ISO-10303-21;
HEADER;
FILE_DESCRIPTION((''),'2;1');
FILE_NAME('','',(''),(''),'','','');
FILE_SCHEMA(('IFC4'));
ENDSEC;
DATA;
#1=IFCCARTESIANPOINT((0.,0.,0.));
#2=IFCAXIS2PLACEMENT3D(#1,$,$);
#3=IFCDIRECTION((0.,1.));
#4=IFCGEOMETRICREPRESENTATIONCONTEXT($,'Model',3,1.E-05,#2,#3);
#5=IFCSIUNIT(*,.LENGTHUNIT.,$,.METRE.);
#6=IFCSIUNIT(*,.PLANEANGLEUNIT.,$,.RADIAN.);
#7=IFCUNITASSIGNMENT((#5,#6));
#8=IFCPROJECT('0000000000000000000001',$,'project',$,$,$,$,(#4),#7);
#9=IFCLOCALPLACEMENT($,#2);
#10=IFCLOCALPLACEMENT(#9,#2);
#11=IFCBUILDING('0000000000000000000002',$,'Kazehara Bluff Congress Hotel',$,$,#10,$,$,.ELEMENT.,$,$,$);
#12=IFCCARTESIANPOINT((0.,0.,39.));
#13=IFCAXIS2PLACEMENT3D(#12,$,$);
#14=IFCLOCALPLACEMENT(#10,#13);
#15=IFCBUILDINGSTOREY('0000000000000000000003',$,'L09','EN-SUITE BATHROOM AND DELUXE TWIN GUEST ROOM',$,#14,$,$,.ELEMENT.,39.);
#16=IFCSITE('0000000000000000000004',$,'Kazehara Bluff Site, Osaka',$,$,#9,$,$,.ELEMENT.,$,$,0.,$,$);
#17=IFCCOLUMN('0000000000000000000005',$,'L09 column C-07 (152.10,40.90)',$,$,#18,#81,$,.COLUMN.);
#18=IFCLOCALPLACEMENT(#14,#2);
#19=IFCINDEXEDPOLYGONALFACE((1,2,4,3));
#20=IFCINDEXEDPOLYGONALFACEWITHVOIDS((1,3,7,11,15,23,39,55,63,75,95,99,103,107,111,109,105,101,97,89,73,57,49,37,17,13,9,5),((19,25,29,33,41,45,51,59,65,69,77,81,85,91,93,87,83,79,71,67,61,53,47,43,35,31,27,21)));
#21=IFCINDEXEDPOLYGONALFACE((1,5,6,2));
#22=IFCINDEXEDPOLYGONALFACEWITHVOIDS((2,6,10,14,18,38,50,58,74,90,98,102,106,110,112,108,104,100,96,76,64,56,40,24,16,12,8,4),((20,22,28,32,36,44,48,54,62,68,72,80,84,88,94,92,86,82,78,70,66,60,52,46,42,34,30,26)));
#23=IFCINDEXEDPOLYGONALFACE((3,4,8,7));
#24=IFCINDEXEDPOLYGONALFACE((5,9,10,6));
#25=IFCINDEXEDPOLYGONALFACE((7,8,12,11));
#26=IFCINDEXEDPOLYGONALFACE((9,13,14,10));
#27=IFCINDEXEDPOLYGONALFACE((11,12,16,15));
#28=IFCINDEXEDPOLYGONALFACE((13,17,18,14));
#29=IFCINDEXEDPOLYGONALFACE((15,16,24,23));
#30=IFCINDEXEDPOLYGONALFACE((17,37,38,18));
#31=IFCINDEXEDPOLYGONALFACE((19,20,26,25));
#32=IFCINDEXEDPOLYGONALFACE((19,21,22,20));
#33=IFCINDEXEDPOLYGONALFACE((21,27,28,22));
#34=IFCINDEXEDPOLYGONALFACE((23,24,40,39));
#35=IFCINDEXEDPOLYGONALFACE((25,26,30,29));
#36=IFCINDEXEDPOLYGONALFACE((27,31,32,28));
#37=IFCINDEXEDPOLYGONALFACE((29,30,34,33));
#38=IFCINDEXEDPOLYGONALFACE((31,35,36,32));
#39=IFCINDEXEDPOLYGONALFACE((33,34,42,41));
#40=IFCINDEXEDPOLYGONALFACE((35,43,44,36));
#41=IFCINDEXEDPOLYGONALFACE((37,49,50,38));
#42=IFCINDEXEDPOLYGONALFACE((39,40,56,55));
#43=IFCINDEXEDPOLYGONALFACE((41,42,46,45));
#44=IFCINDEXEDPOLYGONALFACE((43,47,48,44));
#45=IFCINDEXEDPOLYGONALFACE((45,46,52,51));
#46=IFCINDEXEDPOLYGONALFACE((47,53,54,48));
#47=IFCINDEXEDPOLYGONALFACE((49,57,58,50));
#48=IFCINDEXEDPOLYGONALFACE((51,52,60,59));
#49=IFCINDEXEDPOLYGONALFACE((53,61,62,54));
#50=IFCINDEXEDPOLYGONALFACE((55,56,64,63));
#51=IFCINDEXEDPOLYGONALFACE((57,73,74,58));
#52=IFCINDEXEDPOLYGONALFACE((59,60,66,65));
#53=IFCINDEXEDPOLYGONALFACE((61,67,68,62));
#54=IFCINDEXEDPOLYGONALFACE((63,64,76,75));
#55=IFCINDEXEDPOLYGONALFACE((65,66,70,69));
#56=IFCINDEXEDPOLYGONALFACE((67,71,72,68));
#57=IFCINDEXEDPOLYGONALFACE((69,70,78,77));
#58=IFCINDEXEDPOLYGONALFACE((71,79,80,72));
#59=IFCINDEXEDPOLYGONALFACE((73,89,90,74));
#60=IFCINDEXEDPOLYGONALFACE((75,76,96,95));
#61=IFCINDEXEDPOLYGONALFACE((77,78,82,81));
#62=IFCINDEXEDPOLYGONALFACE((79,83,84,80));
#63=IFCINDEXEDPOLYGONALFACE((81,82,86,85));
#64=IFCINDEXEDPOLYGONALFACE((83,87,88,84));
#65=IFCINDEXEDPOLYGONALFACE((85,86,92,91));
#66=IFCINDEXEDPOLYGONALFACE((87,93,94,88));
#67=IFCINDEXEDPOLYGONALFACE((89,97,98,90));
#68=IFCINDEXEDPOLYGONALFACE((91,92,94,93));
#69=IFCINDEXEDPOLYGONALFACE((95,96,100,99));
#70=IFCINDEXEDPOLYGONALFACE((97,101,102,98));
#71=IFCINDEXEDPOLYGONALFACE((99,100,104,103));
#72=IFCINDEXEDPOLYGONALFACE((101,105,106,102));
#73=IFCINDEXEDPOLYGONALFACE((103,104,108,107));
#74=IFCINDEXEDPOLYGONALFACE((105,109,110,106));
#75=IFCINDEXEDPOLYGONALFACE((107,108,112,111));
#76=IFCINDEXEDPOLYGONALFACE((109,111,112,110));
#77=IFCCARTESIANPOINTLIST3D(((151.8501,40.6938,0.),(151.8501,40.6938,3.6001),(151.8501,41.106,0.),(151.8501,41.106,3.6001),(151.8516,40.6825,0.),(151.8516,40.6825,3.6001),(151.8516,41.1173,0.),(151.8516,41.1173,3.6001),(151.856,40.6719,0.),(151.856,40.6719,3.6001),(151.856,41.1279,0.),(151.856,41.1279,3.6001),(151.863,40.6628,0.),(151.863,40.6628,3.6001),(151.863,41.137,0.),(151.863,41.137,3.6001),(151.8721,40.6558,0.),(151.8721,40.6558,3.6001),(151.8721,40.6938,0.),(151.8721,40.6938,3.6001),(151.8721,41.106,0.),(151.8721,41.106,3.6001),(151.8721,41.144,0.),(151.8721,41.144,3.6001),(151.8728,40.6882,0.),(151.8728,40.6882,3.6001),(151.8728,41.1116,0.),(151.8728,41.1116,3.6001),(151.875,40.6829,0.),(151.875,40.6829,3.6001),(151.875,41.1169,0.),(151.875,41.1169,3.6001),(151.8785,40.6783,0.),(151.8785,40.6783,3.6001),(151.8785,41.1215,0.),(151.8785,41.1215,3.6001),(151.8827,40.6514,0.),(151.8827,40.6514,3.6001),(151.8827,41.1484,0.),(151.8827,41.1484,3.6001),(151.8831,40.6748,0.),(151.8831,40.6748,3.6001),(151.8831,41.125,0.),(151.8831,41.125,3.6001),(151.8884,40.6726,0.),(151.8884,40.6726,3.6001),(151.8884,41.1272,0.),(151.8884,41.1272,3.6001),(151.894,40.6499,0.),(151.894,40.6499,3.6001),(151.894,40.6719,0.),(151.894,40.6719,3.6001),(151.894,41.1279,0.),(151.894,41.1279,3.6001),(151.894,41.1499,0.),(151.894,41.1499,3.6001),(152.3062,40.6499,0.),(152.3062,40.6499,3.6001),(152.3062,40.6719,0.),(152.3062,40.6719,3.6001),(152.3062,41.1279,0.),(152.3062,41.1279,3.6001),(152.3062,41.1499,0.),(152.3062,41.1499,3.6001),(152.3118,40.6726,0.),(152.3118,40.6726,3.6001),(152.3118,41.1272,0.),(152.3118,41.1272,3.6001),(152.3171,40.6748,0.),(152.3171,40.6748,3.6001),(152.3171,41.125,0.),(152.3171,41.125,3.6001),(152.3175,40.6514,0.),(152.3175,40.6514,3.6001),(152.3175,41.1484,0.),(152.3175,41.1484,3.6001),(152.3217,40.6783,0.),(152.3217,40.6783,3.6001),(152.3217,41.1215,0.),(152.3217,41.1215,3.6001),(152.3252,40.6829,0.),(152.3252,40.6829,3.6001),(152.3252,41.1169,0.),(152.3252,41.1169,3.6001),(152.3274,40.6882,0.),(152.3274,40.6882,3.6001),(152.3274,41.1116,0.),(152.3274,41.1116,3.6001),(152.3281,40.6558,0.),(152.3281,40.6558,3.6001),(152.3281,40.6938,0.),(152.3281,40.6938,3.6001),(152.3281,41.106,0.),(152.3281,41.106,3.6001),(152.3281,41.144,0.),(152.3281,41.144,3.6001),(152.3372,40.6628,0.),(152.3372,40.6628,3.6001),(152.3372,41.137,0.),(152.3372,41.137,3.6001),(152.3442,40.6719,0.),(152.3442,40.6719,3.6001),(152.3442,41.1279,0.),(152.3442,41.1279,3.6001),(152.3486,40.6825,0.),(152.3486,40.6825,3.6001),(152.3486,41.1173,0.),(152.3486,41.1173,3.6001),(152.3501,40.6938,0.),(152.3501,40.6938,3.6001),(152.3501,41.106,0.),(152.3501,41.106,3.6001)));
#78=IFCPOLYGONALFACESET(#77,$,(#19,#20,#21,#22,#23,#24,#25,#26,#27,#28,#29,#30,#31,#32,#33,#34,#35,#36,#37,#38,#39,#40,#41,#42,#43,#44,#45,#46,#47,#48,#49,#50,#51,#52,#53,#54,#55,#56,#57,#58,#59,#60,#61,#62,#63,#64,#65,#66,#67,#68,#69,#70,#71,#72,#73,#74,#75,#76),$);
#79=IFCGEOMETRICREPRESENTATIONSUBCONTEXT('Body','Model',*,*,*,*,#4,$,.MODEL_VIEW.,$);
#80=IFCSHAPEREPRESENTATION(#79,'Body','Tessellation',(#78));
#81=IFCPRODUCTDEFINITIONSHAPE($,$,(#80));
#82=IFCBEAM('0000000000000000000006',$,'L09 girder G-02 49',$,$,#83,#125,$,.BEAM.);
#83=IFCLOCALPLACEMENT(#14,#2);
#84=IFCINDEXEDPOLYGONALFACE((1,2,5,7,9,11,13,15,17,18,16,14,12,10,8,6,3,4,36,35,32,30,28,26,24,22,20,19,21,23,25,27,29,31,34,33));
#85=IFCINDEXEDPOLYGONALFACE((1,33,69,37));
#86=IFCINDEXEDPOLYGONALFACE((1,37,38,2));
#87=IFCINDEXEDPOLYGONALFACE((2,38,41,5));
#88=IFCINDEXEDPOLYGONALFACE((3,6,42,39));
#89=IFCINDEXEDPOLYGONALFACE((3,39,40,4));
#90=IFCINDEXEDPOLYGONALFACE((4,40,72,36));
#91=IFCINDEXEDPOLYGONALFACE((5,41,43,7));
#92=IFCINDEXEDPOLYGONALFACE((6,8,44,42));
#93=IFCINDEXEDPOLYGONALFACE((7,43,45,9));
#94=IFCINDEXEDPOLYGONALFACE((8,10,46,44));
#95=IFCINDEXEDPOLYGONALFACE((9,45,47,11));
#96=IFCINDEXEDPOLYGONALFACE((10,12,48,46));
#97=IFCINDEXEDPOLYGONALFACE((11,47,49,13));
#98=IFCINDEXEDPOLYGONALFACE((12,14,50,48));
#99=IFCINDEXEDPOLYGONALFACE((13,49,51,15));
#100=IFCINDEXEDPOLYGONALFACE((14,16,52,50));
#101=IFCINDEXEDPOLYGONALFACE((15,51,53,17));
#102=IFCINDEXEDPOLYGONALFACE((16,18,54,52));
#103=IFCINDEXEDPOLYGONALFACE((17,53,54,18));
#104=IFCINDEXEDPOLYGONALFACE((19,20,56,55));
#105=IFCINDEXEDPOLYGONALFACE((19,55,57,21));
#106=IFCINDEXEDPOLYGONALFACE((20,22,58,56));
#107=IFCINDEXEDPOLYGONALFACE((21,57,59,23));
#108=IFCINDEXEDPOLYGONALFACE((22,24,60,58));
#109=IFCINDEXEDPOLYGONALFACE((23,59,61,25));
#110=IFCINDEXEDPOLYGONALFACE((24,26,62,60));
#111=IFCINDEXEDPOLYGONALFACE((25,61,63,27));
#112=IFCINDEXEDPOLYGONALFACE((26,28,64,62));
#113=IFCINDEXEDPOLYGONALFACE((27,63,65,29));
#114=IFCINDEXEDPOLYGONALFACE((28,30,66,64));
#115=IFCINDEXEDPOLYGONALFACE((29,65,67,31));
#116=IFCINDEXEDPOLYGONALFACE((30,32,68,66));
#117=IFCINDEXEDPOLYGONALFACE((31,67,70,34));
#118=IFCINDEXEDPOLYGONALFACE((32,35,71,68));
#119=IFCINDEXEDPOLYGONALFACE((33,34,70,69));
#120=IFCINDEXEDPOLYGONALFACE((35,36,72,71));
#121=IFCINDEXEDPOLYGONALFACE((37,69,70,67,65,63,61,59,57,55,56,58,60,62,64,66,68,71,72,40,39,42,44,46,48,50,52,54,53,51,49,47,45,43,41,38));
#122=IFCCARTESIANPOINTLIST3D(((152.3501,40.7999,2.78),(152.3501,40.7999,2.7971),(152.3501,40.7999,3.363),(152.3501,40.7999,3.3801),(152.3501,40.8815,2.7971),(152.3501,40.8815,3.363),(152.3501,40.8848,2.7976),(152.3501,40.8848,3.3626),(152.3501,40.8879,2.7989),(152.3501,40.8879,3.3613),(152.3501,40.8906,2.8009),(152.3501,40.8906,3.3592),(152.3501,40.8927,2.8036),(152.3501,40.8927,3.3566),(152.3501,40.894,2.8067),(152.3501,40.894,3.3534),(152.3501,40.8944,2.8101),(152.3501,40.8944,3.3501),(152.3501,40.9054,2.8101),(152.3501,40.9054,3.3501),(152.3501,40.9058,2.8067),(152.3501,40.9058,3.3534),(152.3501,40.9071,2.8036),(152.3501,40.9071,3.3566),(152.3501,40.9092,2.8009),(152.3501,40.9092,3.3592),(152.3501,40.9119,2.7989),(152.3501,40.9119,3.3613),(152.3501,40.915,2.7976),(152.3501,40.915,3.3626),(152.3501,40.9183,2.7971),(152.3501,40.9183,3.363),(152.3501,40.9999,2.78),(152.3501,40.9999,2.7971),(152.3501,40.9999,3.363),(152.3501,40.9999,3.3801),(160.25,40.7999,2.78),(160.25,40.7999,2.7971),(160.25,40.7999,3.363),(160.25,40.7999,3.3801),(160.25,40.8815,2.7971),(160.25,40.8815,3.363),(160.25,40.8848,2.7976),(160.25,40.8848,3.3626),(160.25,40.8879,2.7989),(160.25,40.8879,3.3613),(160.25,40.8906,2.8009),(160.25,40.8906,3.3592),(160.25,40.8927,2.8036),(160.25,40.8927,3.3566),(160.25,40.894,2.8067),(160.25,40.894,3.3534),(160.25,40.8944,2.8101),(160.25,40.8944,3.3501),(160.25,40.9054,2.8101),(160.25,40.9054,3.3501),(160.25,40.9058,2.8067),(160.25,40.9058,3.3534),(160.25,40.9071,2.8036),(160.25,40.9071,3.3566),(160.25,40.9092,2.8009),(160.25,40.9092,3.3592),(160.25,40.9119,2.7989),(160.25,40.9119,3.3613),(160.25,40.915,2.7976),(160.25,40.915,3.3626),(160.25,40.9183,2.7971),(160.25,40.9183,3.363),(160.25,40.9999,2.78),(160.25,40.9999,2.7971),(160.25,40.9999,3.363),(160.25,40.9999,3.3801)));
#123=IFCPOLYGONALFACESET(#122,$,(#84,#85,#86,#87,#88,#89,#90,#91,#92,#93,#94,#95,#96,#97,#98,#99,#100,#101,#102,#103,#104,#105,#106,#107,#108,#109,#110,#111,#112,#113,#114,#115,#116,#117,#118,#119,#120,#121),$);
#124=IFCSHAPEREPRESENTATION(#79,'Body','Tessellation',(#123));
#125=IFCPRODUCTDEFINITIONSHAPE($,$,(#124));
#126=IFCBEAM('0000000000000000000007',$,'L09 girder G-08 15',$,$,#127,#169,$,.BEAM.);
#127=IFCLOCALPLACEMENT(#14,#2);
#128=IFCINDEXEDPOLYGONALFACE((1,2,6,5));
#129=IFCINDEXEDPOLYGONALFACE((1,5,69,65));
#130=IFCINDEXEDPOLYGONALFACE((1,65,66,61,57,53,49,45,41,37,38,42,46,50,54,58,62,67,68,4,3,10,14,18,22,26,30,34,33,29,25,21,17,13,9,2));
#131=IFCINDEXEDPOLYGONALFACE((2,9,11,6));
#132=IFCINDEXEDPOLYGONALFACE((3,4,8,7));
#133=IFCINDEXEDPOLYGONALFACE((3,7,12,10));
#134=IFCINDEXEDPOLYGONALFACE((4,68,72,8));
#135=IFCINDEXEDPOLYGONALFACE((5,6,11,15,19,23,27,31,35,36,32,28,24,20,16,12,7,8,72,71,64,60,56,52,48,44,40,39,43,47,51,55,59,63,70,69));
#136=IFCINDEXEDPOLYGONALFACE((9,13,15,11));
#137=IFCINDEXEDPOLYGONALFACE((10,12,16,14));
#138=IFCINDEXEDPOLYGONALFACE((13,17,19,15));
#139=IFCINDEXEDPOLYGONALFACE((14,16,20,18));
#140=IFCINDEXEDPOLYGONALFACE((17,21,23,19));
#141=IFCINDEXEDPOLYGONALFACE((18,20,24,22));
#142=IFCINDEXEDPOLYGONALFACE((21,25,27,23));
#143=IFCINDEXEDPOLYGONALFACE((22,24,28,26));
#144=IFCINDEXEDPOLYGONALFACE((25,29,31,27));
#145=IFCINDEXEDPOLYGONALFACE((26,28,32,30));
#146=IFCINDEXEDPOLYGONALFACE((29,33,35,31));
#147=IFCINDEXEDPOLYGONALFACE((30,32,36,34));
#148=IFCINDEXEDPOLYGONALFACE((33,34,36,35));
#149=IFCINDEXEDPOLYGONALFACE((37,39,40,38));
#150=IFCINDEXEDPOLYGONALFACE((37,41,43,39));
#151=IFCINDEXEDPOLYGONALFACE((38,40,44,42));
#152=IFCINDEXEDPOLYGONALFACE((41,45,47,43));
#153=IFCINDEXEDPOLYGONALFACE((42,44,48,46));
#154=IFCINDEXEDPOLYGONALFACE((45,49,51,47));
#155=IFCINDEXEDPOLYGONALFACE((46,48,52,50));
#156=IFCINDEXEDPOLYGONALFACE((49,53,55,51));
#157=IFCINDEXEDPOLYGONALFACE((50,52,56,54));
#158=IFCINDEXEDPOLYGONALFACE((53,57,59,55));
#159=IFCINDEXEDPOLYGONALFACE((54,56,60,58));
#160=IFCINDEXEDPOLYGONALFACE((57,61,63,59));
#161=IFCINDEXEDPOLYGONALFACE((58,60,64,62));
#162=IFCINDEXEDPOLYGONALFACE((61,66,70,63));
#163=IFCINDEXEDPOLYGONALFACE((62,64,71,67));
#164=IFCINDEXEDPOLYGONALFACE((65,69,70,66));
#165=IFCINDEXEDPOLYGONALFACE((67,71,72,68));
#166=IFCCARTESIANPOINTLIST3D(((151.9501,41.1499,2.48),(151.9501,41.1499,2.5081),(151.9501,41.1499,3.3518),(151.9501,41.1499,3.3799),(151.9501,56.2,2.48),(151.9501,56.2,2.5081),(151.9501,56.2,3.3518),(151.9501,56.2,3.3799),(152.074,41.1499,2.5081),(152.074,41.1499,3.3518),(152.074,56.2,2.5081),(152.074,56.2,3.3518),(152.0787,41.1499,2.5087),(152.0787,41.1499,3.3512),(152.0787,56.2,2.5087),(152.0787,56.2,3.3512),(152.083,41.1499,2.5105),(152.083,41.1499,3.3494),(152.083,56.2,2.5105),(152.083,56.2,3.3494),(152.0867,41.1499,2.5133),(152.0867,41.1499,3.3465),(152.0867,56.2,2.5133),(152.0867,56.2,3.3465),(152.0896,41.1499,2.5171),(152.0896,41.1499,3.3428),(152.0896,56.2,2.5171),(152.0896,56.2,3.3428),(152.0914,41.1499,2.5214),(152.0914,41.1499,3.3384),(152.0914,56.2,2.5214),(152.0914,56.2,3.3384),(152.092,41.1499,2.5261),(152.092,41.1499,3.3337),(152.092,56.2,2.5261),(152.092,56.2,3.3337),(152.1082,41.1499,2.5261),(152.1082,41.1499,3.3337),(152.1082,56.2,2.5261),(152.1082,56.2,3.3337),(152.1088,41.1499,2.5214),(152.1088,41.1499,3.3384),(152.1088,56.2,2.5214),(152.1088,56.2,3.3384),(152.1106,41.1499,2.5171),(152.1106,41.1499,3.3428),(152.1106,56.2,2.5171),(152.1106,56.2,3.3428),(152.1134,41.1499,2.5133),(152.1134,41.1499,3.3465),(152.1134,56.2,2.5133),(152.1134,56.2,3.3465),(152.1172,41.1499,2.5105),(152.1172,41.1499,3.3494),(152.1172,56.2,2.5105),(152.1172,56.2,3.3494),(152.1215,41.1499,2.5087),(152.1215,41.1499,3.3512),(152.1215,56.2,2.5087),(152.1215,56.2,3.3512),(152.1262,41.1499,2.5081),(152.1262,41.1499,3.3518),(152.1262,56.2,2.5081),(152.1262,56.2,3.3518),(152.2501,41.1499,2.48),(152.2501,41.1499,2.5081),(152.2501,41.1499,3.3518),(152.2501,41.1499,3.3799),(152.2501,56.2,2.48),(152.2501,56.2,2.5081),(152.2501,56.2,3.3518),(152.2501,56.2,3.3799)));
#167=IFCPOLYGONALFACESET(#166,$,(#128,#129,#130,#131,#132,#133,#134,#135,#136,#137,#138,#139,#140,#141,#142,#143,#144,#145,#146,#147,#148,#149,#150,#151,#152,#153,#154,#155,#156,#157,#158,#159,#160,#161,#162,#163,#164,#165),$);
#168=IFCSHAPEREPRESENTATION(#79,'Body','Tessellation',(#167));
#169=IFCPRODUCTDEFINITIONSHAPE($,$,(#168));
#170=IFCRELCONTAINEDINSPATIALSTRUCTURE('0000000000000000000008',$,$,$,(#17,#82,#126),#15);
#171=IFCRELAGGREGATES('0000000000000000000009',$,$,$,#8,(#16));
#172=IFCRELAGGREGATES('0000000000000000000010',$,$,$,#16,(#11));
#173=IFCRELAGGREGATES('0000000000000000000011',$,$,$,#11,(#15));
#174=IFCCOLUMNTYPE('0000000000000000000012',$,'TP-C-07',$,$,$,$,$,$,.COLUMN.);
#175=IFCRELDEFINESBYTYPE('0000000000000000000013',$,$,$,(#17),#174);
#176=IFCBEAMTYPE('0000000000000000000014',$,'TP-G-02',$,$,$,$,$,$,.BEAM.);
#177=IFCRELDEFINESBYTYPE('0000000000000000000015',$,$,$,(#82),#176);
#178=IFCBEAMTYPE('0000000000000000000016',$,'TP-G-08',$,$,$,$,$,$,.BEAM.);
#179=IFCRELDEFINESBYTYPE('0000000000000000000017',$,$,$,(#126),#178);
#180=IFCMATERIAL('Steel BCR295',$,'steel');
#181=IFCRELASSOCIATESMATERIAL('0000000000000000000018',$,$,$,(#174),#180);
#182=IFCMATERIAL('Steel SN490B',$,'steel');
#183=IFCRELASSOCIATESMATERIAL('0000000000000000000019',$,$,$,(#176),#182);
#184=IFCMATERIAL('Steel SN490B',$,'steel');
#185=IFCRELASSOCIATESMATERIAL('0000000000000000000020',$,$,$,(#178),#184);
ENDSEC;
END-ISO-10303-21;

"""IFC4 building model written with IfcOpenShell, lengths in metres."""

from ifc_helpers import new_model, si_unit, direction, frame, origin, origin_2d, place, context, subcontext, project, spatial, hollow_rectangle, i_section, extrude, material, material_profile, profile_set, type_object, element, save


model = new_model("IFC4")

# Units and contexts
model_context = context("Model", 3, precision=1e-05, world=origin(), true_north=direction((0.0, 1.0)))
body_context = subcontext(model_context, "Body", "Model", "MODEL_VIEW")
ifc_project = project(units=[si_unit("LENGTHUNIT", "METRE"), si_unit("PLANEANGLEUNIT", "RADIAN")], contexts=[model_context])

# Site, building, storey
site_placement = place(None, origin())
site = spatial("IfcSite", under=ifc_project, at=site_placement, Name="Kazehara Bluff Site, Osaka", CompositionType="ELEMENT", RefElevation=0.0)
building_placement = place(site_placement, origin())
building = spatial("IfcBuilding", under=site, at=building_placement, Name="Kazehara Bluff Congress Hotel", CompositionType="ELEMENT")
storey_placement = place(building_placement, frame((0.0, 0.0, 39.0)))
storey = spatial("IfcBuildingStorey", under=building, at=storey_placement, Name="L09", Description="EN-SUITE BATHROOM AND DELUXE TWIN GUEST ROOM", CompositionType="ELEMENT", Elevation=39.0)

# Column
ifc_material_1 = material(Name="Steel BCR295", Category="steel")
ifc_material_profile_1 = material_profile(ifc_material_1, hollow_rectangle(XDim=0.5, YDim=0.5, WallThickness=0.022, InnerFilletRadius=0.022, OuterFilletRadius=0.0439, at=origin_2d()))
ifc_profile_set_1 = profile_set([ifc_material_profile_1], Name="Steel BCR295")
column_type = type_object("IfcColumnType", Name="TP-C-07", PredefinedType="COLUMN", material=ifc_profile_set_1)
column_placement = place(storey_placement, frame((152.1001, 40.8999, 0.0), z_axis=(0.0, 0.0, 1.0), x_axis=(1.0, 0.0, 0.0)))
element("IfcColumn", 1, at=column_placement, inside=storey, type_object=column_type, Name="L09 column C-07 (152.10,40.90)", PredefinedType="COLUMN", context=body_context, shape_type="SweptSolid", body=[
    extrude(hollow_rectangle(XDim=0.5, YDim=0.5, WallThickness=0.022, InnerFilletRadius=0.022, OuterFilletRadius=0.0439, at=origin_2d()), origin(), (0.0, 0.0, 1.0), 3.6001),
])

# Beams
ifc_material_2 = material(Name="Steel SN490B", Category="steel")
ifc_material_profile_2 = material_profile(ifc_material_2, i_section(OverallWidth=0.2, OverallDepth=0.6001, WebThickness=0.011, FlangeThickness=0.0171, FilletRadius=0.0129, at=origin_2d()))
ifc_profile_set_2 = profile_set([ifc_material_profile_2], Name="Steel SN490B")
beam_type_1 = type_object("IfcBeamType", Name="TP-G-02", PredefinedType="BEAM", material=ifc_profile_set_2)
beam_1_placement = place(storey_placement, frame((152.3501, 40.8999, 3.0801), z_axis=(1.0, 0.0, 0.0), x_axis=(0.0, 1.0, 0.0)))
element("IfcBeam", 2, at=beam_1_placement, inside=storey, type_object=beam_type_1, Name="L09 girder G-02 49", PredefinedType="BEAM", context=body_context, shape_type="SweptSolid", body=[
    extrude(i_section(OverallWidth=0.2, OverallDepth=0.6001, WebThickness=0.011, FlangeThickness=0.0171, FilletRadius=0.0129, at=origin_2d()), origin(), (0.0, 0.0, 1.0), 7.8999),
])
ifc_material_3 = material(Name="Steel SN490B", Category="steel")
ifc_material_profile_3 = material_profile(ifc_material_3, i_section(OverallWidth=0.3, OverallDepth=0.8999, WebThickness=0.0161, FlangeThickness=0.0281, FilletRadius=0.0181, at=origin_2d()))
ifc_profile_set_3 = profile_set([ifc_material_profile_3], Name="Steel SN490B")
beam_type_2 = type_object("IfcBeamType", Name="TP-G-08", PredefinedType="BEAM", material=ifc_profile_set_3)
beam_2_placement = place(storey_placement, frame((152.1001, 41.1499, 2.9299), z_axis=(0.0, 1.0, 0.0), x_axis=(-1.0, 0.0, 0.0)))
element("IfcBeam", 3, at=beam_2_placement, inside=storey, type_object=beam_type_2, Name="L09 girder G-08 15", PredefinedType="BEAM", context=body_context, shape_type="SweptSolid", body=[
    extrude(i_section(OverallWidth=0.3, OverallDepth=0.8999, WebThickness=0.0161, FlangeThickness=0.0281, FilletRadius=0.0181, at=origin_2d()), origin(), (0.0, 0.0, 1.0), 15.05),
])

save(model, "model.ifc")
